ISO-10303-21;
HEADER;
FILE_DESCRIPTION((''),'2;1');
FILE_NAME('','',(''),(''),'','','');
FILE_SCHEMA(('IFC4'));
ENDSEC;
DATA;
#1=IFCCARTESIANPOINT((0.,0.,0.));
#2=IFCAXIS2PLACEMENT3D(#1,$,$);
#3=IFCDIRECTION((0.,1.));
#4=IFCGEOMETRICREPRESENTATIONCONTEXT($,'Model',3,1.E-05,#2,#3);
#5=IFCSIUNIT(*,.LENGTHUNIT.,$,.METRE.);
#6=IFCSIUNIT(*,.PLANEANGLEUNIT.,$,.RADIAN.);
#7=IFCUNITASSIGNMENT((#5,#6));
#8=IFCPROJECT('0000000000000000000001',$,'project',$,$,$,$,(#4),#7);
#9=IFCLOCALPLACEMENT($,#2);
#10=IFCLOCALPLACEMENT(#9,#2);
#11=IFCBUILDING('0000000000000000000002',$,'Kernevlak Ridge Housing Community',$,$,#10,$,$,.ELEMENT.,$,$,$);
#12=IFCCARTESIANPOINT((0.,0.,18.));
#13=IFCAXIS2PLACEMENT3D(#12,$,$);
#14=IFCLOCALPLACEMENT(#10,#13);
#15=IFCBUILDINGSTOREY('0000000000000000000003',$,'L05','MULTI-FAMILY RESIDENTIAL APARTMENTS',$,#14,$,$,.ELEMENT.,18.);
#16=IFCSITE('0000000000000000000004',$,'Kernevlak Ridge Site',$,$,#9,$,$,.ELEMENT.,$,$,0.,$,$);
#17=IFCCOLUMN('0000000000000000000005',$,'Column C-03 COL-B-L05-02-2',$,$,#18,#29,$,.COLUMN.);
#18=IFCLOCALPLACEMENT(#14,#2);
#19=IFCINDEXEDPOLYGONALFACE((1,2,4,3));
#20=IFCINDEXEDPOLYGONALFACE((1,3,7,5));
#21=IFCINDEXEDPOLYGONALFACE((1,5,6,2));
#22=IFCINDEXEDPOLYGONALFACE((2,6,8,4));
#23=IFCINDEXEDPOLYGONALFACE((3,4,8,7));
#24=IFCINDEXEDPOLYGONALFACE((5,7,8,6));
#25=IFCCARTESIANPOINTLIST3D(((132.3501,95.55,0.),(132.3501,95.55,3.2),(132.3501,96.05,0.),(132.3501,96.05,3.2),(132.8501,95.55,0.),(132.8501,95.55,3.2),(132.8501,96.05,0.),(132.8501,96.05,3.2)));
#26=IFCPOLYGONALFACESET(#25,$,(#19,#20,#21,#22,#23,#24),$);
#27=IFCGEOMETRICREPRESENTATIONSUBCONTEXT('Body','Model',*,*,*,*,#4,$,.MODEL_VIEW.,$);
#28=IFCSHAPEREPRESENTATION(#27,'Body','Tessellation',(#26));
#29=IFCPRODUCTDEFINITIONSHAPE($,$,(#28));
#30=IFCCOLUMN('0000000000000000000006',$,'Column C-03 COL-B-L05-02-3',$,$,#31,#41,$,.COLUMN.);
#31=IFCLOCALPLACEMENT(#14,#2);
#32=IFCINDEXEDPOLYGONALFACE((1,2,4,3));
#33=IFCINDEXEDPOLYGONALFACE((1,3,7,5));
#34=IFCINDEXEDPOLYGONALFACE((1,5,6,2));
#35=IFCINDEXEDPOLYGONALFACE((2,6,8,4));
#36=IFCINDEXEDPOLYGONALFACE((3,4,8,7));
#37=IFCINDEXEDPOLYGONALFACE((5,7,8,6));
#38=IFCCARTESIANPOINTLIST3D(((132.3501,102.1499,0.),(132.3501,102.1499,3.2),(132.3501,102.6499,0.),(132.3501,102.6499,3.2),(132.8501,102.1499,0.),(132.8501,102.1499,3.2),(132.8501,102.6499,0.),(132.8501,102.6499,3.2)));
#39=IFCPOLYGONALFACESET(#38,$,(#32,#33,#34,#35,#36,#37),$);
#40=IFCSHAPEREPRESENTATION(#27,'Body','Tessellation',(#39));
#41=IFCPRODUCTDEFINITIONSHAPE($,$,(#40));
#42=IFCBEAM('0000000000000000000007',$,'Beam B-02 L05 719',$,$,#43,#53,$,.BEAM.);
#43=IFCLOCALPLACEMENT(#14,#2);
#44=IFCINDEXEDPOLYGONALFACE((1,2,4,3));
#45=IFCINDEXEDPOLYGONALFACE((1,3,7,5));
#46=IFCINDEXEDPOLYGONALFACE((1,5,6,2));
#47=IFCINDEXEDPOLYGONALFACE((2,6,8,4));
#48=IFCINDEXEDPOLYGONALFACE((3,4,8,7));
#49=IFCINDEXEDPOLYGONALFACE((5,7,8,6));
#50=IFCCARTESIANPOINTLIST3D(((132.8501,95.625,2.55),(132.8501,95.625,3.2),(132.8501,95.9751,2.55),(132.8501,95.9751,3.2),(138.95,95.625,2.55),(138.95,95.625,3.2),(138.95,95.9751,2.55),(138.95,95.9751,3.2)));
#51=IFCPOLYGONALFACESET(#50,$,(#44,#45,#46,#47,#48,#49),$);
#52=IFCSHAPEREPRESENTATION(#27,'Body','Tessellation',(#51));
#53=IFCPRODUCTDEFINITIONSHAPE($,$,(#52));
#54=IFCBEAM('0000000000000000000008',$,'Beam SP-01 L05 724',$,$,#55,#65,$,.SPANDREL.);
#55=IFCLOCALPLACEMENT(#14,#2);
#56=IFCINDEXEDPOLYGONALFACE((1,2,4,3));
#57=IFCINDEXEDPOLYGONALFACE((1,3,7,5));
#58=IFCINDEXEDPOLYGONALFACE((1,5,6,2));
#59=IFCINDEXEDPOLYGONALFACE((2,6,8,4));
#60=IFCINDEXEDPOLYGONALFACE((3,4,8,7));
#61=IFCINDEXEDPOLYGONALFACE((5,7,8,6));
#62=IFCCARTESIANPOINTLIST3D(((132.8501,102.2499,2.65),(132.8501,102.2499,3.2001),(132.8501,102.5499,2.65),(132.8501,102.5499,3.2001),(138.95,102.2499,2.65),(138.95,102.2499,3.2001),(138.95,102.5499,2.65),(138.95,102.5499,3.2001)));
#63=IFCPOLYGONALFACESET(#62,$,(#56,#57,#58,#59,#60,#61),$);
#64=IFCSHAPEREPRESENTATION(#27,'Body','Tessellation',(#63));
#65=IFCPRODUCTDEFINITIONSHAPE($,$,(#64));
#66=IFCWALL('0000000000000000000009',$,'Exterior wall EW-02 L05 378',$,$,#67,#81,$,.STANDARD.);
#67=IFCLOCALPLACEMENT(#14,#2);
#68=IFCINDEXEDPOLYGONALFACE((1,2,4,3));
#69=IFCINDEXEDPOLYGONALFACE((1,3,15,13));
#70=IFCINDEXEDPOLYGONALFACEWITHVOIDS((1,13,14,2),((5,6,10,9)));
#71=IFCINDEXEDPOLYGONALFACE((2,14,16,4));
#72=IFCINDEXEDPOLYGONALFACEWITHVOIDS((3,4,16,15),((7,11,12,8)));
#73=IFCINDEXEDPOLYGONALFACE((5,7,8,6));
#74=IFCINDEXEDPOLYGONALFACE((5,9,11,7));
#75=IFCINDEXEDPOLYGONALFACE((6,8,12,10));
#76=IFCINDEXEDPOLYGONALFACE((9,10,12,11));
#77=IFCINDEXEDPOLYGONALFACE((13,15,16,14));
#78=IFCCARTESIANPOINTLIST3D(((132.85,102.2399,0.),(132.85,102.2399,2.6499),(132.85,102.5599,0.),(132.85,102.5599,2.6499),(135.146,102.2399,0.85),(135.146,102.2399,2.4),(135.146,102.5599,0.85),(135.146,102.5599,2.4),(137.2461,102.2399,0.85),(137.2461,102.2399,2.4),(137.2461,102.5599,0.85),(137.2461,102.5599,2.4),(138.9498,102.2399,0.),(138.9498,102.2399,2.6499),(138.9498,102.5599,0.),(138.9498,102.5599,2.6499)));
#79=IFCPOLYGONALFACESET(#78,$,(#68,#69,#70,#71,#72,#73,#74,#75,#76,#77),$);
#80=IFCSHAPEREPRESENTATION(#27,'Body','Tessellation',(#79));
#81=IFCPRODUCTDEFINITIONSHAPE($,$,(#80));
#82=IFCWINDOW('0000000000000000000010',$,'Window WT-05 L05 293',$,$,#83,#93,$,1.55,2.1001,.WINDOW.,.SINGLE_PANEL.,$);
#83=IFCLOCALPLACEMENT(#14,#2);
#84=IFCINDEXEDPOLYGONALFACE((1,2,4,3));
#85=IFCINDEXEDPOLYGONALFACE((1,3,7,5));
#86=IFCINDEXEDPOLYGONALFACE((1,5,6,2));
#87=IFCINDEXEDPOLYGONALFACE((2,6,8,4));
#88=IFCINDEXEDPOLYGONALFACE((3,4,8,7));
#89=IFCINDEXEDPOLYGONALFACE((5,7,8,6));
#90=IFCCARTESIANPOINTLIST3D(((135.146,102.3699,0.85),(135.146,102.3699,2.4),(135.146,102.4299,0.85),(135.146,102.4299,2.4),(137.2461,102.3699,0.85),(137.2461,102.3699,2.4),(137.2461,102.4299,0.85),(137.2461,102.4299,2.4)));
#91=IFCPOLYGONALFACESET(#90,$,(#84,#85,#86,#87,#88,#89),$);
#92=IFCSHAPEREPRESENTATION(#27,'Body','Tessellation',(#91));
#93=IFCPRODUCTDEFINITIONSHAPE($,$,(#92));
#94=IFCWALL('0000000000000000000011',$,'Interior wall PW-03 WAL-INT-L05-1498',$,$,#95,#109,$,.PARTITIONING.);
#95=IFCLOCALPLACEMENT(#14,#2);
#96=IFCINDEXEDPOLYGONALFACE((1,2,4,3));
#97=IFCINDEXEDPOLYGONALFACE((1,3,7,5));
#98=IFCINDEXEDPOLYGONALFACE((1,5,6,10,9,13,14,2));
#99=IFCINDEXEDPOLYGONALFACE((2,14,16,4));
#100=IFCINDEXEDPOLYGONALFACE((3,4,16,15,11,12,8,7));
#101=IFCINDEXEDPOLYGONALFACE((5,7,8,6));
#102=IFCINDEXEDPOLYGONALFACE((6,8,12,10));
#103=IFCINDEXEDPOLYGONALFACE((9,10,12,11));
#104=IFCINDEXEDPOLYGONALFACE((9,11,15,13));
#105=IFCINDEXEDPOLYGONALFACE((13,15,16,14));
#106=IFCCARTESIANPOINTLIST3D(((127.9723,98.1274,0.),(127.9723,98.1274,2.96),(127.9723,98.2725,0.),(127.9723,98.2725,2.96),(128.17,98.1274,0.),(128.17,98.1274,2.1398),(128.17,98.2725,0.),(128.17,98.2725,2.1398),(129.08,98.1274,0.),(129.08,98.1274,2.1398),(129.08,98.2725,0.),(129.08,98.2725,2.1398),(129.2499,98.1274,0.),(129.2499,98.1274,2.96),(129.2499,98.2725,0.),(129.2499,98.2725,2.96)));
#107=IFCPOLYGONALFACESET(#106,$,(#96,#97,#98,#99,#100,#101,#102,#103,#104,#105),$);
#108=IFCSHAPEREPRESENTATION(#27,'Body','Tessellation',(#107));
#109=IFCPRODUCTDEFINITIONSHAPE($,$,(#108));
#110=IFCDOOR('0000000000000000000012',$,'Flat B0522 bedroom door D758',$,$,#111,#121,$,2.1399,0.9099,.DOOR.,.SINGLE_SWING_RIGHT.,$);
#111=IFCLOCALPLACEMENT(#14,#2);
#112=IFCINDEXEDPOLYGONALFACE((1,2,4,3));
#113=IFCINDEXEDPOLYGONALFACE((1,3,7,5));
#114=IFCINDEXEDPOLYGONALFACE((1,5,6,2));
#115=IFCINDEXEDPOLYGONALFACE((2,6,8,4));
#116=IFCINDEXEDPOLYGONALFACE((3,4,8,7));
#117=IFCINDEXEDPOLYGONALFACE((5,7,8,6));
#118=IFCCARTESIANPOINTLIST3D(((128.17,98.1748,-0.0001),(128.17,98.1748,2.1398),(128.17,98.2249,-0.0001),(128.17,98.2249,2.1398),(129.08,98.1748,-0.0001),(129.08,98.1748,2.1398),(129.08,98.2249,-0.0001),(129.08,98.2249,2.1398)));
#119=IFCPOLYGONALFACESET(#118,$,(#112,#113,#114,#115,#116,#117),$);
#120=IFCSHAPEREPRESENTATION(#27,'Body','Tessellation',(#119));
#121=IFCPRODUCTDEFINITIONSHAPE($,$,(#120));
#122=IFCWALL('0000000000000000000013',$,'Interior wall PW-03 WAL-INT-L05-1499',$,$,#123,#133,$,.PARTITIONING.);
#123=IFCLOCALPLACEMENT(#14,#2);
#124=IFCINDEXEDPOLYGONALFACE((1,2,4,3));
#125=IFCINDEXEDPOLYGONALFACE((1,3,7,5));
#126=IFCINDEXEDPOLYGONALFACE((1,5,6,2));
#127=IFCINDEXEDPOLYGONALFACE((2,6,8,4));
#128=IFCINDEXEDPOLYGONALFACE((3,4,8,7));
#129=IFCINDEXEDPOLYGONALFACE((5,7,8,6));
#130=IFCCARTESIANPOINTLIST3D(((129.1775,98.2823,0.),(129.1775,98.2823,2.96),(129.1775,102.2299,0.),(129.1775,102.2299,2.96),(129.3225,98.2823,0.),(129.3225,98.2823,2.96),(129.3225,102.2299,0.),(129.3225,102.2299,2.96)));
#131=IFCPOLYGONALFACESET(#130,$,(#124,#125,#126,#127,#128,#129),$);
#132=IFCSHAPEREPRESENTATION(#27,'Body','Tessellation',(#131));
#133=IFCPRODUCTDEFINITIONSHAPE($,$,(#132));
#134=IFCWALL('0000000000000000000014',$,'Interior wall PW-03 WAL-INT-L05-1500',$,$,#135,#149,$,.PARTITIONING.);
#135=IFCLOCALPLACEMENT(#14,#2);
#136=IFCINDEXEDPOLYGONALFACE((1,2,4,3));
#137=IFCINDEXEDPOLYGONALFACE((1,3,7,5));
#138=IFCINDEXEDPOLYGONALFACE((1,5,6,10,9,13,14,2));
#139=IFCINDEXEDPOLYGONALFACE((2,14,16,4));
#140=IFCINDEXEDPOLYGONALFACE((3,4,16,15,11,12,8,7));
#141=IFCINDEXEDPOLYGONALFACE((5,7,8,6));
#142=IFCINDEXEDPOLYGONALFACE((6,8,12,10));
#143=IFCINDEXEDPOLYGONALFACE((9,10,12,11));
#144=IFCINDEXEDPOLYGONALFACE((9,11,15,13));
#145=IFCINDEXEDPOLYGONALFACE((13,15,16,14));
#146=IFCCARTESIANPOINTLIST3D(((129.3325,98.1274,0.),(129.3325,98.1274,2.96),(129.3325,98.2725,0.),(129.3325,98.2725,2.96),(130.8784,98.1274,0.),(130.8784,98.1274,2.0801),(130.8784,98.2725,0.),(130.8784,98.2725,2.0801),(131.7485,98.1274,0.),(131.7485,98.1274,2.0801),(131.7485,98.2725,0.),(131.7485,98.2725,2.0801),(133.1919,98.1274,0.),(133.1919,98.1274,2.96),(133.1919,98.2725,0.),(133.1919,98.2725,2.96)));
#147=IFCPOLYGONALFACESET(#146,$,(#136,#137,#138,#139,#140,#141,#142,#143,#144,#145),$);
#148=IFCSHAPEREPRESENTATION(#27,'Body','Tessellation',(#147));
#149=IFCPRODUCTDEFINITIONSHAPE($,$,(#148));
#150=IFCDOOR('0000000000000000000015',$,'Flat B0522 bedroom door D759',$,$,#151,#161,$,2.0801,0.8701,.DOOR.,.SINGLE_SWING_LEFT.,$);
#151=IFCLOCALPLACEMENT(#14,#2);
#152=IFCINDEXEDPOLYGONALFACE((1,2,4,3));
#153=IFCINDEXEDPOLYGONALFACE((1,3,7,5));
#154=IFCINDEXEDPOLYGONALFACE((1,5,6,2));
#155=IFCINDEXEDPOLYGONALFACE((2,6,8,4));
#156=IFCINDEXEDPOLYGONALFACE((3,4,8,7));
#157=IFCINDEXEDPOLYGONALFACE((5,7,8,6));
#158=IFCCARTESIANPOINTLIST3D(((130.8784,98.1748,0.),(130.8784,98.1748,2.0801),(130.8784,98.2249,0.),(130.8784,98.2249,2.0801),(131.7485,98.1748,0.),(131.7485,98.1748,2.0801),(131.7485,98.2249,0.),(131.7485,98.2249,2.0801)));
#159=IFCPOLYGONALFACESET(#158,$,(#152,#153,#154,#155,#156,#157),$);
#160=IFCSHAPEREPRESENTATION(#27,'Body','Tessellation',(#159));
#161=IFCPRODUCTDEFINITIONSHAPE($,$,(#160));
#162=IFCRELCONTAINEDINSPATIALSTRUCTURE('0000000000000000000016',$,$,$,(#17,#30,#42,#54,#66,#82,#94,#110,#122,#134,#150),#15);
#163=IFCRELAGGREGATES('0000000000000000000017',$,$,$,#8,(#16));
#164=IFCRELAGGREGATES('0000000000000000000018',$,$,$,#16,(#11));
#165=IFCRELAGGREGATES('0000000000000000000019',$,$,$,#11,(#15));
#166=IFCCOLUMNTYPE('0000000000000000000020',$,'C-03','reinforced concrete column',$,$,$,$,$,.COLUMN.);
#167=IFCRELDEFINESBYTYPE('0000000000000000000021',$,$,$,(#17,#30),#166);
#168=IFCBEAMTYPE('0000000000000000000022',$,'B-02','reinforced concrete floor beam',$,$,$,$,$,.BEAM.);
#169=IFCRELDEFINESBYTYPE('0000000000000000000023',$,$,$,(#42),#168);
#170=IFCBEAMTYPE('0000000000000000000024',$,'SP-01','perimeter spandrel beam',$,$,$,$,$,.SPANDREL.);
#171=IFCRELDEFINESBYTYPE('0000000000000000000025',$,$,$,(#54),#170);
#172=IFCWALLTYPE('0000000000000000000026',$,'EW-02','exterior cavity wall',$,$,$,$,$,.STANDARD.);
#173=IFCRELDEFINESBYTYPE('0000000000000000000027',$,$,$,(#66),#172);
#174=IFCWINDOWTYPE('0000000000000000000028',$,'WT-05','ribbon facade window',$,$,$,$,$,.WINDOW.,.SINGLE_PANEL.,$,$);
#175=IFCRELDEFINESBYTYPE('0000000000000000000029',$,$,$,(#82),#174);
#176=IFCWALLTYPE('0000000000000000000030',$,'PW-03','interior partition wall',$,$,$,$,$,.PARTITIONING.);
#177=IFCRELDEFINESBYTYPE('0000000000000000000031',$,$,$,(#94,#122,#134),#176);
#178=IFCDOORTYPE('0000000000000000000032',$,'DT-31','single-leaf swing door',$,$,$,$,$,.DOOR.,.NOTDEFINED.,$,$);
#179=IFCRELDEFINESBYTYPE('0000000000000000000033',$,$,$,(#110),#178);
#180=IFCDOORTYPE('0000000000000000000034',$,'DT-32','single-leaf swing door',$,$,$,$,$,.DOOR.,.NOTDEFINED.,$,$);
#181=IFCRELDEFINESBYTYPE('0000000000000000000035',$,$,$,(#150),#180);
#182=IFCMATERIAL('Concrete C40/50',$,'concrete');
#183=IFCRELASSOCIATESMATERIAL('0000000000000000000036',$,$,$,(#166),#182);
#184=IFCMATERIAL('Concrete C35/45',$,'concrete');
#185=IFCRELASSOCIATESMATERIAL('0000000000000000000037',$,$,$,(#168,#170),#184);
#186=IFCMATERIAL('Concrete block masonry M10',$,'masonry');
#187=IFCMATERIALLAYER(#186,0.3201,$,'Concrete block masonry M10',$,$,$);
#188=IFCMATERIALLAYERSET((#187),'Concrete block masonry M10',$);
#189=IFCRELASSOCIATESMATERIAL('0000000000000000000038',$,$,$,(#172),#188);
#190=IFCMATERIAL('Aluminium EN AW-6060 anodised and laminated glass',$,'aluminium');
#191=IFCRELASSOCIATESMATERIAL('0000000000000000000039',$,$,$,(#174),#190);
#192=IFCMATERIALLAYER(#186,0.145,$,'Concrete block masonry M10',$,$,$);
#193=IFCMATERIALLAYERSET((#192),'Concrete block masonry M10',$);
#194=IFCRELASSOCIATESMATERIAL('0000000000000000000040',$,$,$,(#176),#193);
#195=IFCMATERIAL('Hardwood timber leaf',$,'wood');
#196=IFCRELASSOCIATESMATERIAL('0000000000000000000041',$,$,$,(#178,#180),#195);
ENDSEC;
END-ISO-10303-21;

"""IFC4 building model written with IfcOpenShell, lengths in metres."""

from ifc_helpers import new_model, si_unit, direction, frame, frame_2d, origin, origin_2d, place, context, subcontext, project, spatial, rectangle, extrude, material, layer, layer_set, material_profile, profile_set, type_object, element, fill, save


model = new_model("IFC4")

# Units and contexts
model_context = context("Model", 3, precision=1e-05, world=origin(), true_north=direction((0.0, 1.0)))
body_context = subcontext(model_context, "Body", "Model", "MODEL_VIEW")
ifc_project = project(units=[si_unit("LENGTHUNIT", "METRE"), si_unit("PLANEANGLEUNIT", "RADIAN")], contexts=[model_context])

# Site, building, storey
site_placement = place(None, origin())
site = spatial("IfcSite", under=ifc_project, at=site_placement, Name="Kernevlak Ridge Site", CompositionType="ELEMENT", RefElevation=0.0)
building_placement = place(site_placement, origin())
building = spatial("IfcBuilding", under=site, at=building_placement, Name="Kernevlak Ridge Housing Community", CompositionType="ELEMENT")
storey_placement = place(building_placement, frame((0.0, 0.0, 18.0)))
storey = spatial("IfcBuildingStorey", under=building, at=storey_placement, Name="L05", Description="MULTI-FAMILY RESIDENTIAL APARTMENTS", CompositionType="ELEMENT", Elevation=18.0)

# Columns
ifc_material_1 = material(Name="Concrete C40/50", Category="concrete")
ifc_material_profile_1 = material_profile(ifc_material_1, rectangle(XDim=0.5, YDim=0.5, at=origin_2d()), Name="RC 500x500")
ifc_profile_set_1 = profile_set([ifc_material_profile_1], Name="Concrete C40/50")
column_type = type_object("IfcColumnType", Name="C-03", Description="reinforced concrete column", PredefinedType="COLUMN", material=ifc_profile_set_1)
for number, where, z_axis, x_axis, name in (
    (1, (132.6001, 95.8, 0.0), (0.0, 0.0, 1.0), (1.0, 0.0, 0.0), "Column C-03 COL-B-L05-02-2"),
    (2, (132.6001, 102.3999, 0.0), (0.0, 0.0, 1.0), (1.0, 0.0, 0.0), "Column C-03 COL-B-L05-02-3"),
):
    element("IfcColumn", number, at=place(storey_placement, frame(where, z_axis=z_axis, x_axis=x_axis)), inside=storey, type_object=column_type, Name=name, PredefinedType="COLUMN", context=body_context, shape_type="SweptSolid", body=[
        extrude(rectangle(XDim=0.5, YDim=0.5, at=origin_2d()), origin(), (0.0, 0.0, 1.0), 3.2),
    ])

# Beams
ifc_material_2 = material(Name="Concrete C35/45", Category="concrete")
ifc_material_profile_2 = material_profile(ifc_material_2, rectangle(XDim=0.3501, YDim=0.6499, at=origin_2d()), Name="RC 350x650")
ifc_profile_set_2 = profile_set([ifc_material_profile_2], Name="Concrete C35/45")
beam_type_1 = type_object("IfcBeamType", Name="B-02", Description="reinforced concrete floor beam", PredefinedType="BEAM", material=ifc_profile_set_2)
beam_1_placement = place(storey_placement, frame((132.8501, 95.8, 2.875), z_axis=(1.0, 0.0, 0.0), x_axis=(0.0, 1.0, 0.0)))
element("IfcBeam", 3, at=beam_1_placement, inside=storey, type_object=beam_type_1, Name="Beam B-02 L05 719", PredefinedType="BEAM", context=body_context, shape_type="SweptSolid", body=[
    extrude(rectangle(XDim=0.3501, YDim=0.6499, at=origin_2d()), origin(), (0.0, 0.0, 1.0), 6.0999),
])
ifc_material_profile_3 = material_profile(ifc_material_2, rectangle(XDim=0.3, YDim=0.55, at=origin_2d()), Name="RC 300x550")
ifc_profile_set_3 = profile_set([ifc_material_profile_3], Name="Concrete C35/45")
beam_type_2 = type_object("IfcBeamType", Name="SP-01", Description="perimeter spandrel beam", PredefinedType="SPANDREL", material=ifc_profile_set_3)
beam_2_placement = place(storey_placement, frame((132.8501, 102.3999, 2.925), z_axis=(1.0, 0.0, 0.0), x_axis=(0.0, 1.0, 0.0)))
element("IfcBeam", 4, at=beam_2_placement, inside=storey, type_object=beam_type_2, Name="Beam SP-01 L05 724", PredefinedType="SPANDREL", context=body_context, shape_type="SweptSolid", body=[
    extrude(rectangle(XDim=0.3, YDim=0.55, at=origin_2d()), origin(), (0.0, 0.0, 1.0), 6.0999),
])

# Wall, opening, window
ifc_material_3 = material(Name="Concrete block masonry M10", Category="masonry")
ifc_layer_1 = layer(ifc_material_3, 0.3201, Name="Concrete block masonry M10")
ifc_layer_set_1 = layer_set([ifc_layer_1], Name="Concrete block masonry M10")
wall_type_1 = type_object("IfcWallType", Name="EW-02", Description="exterior cavity wall", PredefinedType="STANDARD", material=ifc_layer_set_1)
wall_1_placement = place(storey_placement, frame((132.8501, 102.3999, 0.0), z_axis=(0.0, 0.0, 1.0), x_axis=(1.0, 0.0, 0.0)))
wall_1 = element("IfcWall", 5, at=wall_1_placement, inside=storey, type_object=wall_type_1, Name="Exterior wall EW-02 L05 378", PredefinedType="STANDARD", context=body_context, shape_type="SweptSolid", body=[
    extrude(rectangle(XDim=6.0999, YDim=0.3201, at=frame_2d((3.0498, 0.0))), origin(), (0.0, 0.0, 1.0), 2.6499),
])
opening_1_placement = place(wall_1_placement, frame((2.2959, 0.0, 0.8501)))
opening_1 = element("IfcOpeningElement", 6, at=opening_1_placement, cuts=wall_1, PredefinedType="OPENING", context=body_context, shape_type="SweptSolid", body=[
    extrude(rectangle(XDim=2.1001, YDim=1.55, at=frame_2d((1.05, 0.7749))), frame((0.0, 0.1699, 0.0), z_axis=(0.0, -1.0, 0.0), x_axis=(1.0, 0.0, 0.0)), (0.0, 0.0, 1.0), 0.3401),
])
ifc_material_4 = material(Name="Aluminium EN AW-6060 anodised and laminated glass", Category="aluminium")
window_type = type_object("IfcWindowType", Name="WT-05", Description="ribbon facade window", PartitioningType="SINGLE_PANEL", PredefinedType="WINDOW", material=ifc_material_4)
window_placement = place(opening_1_placement, origin())
window = element("IfcWindow", 7, at=window_placement, inside=storey, type_object=window_type, Name="Window WT-05 L05 293", OverallHeight=1.55, OverallWidth=2.1001, PartitioningType="SINGLE_PANEL", PredefinedType="WINDOW", context=body_context, shape_type="SweptSolid", body=[
    extrude(rectangle(XDim=2.1001, YDim=1.55, at=frame_2d((1.05, 0.7749))), frame((0.0, 0.03, 0.0), z_axis=(0.0, -1.0, 0.0), x_axis=(1.0, 0.0, 0.0)), (0.0, 0.0, 1.0), 0.0601),
])
fill(opening_1, window)

# Wall, opening, door
ifc_layer_2 = layer(ifc_material_3, 0.145, Name="Concrete block masonry M10")
ifc_layer_set_2 = layer_set([ifc_layer_2], Name="Concrete block masonry M10")
wall_type_2 = type_object("IfcWallType", Name="PW-03", Description="interior partition wall", PredefinedType="PARTITIONING", material=ifc_layer_set_2)
wall_2_placement = place(storey_placement, frame((127.9724, 98.2, 0.0), z_axis=(0.0, 0.0, 1.0), x_axis=(1.0, 0.0, 0.0)))
wall_2 = element("IfcWall", 8, at=wall_2_placement, inside=storey, type_object=wall_type_2, Name="Interior wall PW-03 WAL-INT-L05-1498", PredefinedType="PARTITIONING", context=body_context, shape_type="SweptSolid", body=[
    extrude(rectangle(XDim=1.2776, YDim=0.145, at=frame_2d((0.6387, 0.0))), origin(), (0.0, 0.0, 1.0), 2.96),
])
opening_2_placement = place(wall_2_placement, frame((0.1975, 0.0, 0.0)))
opening_2 = element("IfcOpeningElement", 9, at=opening_2_placement, cuts=wall_2, PredefinedType="OPENING", context=body_context, shape_type="SweptSolid", body=[
    extrude(rectangle(XDim=0.9099, YDim=2.1399, at=frame_2d((0.4551, 1.0698))), frame((0.0, 0.0825, 0.0), z_axis=(0.0, -1.0, 0.0), x_axis=(1.0, 0.0, 0.0)), (0.0, 0.0, 1.0), 0.165),
])
ifc_material_5 = material(Name="Hardwood timber leaf", Category="wood")
door_type_1 = type_object("IfcDoorType", Name="DT-31", Description="single-leaf swing door", OperationType="NOTDEFINED", PredefinedType="DOOR", material=ifc_material_5)
door_1_placement = place(opening_2_placement, origin())
door_1 = element("IfcDoor", 10, at=door_1_placement, inside=storey, type_object=door_type_1, Name="Flat B0522 bedroom door D758", OperationType="SINGLE_SWING_RIGHT", OverallHeight=2.1399, OverallWidth=0.9099, PredefinedType="DOOR", context=body_context, shape_type="SweptSolid", body=[
    extrude(rectangle(XDim=0.9099, YDim=2.1399, at=frame_2d((0.4551, 1.0698))), frame((0.0, 0.0249, 0.0), z_axis=(0.0, -1.0, 0.0), x_axis=(1.0, 0.0, 0.0)), (0.0, 0.0, 1.0), 0.05),
])
fill(opening_2, door_1)

# Wall
wall_3_placement = place(storey_placement, frame((129.25, 98.2825, 0.0), z_axis=(0.0, 0.0, 1.0), x_axis=(0.0, 1.0, 0.0)))
element("IfcWall", 11, at=wall_3_placement, inside=storey, type_object=wall_type_2, Name="Interior wall PW-03 WAL-INT-L05-1499", PredefinedType="PARTITIONING", context=body_context, shape_type="SweptSolid", body=[
    extrude(rectangle(XDim=3.9475, YDim=0.145, at=frame_2d((1.9736, 0.0))), origin(), (0.0, 0.0, 1.0), 2.96),
])

# Wall, opening, door
wall_4_placement = place(storey_placement, frame((129.3325, 98.2, 0.0), z_axis=(0.0, 0.0, 1.0), x_axis=(1.0, 0.0, 0.0)))
wall_4 = element("IfcWall", 12, at=wall_4_placement, inside=storey, type_object=wall_type_2, Name="Interior wall PW-03 WAL-INT-L05-1500", PredefinedType="PARTITIONING", context=body_context, shape_type="SweptSolid", body=[
    extrude(rectangle(XDim=3.8594, YDim=0.145, at=frame_2d((1.9297, 0.0))), origin(), (0.0, 0.0, 1.0), 2.96),
])
opening_3_placement = place(wall_4_placement, frame((1.5459, 0.0, 0.0)))
opening_3 = element("IfcOpeningElement", 13, at=opening_3_placement, cuts=wall_4, PredefinedType="OPENING", context=body_context, shape_type="SweptSolid", body=[
    extrude(rectangle(XDim=0.8701, YDim=2.0801, at=frame_2d((0.4351, 1.04))), frame((0.0, 0.0825, 0.0), z_axis=(0.0, -1.0, 0.0), x_axis=(1.0, 0.0, 0.0)), (0.0, 0.0, 1.0), 0.165),
])
door_type_2 = type_object("IfcDoorType", Name="DT-32", Description="single-leaf swing door", OperationType="NOTDEFINED", PredefinedType="DOOR", material=ifc_material_5)
door_2_placement = place(opening_3_placement, origin())
door_2 = element("IfcDoor", 14, at=door_2_placement, inside=storey, type_object=door_type_2, Name="Flat B0522 bedroom door D759", OperationType="SINGLE_SWING_LEFT", OverallHeight=2.0801, OverallWidth=0.8701, PredefinedType="DOOR", context=body_context, shape_type="SweptSolid", body=[
    extrude(rectangle(XDim=0.8701, YDim=2.0801, at=frame_2d((0.4351, 1.04))), frame((0.0, 0.0249, 0.0), z_axis=(0.0, -1.0, 0.0), x_axis=(1.0, 0.0, 0.0)), (0.0, 0.0, 1.0), 0.05),
])
fill(opening_3, door_2)

save(model, "model.ifc")
